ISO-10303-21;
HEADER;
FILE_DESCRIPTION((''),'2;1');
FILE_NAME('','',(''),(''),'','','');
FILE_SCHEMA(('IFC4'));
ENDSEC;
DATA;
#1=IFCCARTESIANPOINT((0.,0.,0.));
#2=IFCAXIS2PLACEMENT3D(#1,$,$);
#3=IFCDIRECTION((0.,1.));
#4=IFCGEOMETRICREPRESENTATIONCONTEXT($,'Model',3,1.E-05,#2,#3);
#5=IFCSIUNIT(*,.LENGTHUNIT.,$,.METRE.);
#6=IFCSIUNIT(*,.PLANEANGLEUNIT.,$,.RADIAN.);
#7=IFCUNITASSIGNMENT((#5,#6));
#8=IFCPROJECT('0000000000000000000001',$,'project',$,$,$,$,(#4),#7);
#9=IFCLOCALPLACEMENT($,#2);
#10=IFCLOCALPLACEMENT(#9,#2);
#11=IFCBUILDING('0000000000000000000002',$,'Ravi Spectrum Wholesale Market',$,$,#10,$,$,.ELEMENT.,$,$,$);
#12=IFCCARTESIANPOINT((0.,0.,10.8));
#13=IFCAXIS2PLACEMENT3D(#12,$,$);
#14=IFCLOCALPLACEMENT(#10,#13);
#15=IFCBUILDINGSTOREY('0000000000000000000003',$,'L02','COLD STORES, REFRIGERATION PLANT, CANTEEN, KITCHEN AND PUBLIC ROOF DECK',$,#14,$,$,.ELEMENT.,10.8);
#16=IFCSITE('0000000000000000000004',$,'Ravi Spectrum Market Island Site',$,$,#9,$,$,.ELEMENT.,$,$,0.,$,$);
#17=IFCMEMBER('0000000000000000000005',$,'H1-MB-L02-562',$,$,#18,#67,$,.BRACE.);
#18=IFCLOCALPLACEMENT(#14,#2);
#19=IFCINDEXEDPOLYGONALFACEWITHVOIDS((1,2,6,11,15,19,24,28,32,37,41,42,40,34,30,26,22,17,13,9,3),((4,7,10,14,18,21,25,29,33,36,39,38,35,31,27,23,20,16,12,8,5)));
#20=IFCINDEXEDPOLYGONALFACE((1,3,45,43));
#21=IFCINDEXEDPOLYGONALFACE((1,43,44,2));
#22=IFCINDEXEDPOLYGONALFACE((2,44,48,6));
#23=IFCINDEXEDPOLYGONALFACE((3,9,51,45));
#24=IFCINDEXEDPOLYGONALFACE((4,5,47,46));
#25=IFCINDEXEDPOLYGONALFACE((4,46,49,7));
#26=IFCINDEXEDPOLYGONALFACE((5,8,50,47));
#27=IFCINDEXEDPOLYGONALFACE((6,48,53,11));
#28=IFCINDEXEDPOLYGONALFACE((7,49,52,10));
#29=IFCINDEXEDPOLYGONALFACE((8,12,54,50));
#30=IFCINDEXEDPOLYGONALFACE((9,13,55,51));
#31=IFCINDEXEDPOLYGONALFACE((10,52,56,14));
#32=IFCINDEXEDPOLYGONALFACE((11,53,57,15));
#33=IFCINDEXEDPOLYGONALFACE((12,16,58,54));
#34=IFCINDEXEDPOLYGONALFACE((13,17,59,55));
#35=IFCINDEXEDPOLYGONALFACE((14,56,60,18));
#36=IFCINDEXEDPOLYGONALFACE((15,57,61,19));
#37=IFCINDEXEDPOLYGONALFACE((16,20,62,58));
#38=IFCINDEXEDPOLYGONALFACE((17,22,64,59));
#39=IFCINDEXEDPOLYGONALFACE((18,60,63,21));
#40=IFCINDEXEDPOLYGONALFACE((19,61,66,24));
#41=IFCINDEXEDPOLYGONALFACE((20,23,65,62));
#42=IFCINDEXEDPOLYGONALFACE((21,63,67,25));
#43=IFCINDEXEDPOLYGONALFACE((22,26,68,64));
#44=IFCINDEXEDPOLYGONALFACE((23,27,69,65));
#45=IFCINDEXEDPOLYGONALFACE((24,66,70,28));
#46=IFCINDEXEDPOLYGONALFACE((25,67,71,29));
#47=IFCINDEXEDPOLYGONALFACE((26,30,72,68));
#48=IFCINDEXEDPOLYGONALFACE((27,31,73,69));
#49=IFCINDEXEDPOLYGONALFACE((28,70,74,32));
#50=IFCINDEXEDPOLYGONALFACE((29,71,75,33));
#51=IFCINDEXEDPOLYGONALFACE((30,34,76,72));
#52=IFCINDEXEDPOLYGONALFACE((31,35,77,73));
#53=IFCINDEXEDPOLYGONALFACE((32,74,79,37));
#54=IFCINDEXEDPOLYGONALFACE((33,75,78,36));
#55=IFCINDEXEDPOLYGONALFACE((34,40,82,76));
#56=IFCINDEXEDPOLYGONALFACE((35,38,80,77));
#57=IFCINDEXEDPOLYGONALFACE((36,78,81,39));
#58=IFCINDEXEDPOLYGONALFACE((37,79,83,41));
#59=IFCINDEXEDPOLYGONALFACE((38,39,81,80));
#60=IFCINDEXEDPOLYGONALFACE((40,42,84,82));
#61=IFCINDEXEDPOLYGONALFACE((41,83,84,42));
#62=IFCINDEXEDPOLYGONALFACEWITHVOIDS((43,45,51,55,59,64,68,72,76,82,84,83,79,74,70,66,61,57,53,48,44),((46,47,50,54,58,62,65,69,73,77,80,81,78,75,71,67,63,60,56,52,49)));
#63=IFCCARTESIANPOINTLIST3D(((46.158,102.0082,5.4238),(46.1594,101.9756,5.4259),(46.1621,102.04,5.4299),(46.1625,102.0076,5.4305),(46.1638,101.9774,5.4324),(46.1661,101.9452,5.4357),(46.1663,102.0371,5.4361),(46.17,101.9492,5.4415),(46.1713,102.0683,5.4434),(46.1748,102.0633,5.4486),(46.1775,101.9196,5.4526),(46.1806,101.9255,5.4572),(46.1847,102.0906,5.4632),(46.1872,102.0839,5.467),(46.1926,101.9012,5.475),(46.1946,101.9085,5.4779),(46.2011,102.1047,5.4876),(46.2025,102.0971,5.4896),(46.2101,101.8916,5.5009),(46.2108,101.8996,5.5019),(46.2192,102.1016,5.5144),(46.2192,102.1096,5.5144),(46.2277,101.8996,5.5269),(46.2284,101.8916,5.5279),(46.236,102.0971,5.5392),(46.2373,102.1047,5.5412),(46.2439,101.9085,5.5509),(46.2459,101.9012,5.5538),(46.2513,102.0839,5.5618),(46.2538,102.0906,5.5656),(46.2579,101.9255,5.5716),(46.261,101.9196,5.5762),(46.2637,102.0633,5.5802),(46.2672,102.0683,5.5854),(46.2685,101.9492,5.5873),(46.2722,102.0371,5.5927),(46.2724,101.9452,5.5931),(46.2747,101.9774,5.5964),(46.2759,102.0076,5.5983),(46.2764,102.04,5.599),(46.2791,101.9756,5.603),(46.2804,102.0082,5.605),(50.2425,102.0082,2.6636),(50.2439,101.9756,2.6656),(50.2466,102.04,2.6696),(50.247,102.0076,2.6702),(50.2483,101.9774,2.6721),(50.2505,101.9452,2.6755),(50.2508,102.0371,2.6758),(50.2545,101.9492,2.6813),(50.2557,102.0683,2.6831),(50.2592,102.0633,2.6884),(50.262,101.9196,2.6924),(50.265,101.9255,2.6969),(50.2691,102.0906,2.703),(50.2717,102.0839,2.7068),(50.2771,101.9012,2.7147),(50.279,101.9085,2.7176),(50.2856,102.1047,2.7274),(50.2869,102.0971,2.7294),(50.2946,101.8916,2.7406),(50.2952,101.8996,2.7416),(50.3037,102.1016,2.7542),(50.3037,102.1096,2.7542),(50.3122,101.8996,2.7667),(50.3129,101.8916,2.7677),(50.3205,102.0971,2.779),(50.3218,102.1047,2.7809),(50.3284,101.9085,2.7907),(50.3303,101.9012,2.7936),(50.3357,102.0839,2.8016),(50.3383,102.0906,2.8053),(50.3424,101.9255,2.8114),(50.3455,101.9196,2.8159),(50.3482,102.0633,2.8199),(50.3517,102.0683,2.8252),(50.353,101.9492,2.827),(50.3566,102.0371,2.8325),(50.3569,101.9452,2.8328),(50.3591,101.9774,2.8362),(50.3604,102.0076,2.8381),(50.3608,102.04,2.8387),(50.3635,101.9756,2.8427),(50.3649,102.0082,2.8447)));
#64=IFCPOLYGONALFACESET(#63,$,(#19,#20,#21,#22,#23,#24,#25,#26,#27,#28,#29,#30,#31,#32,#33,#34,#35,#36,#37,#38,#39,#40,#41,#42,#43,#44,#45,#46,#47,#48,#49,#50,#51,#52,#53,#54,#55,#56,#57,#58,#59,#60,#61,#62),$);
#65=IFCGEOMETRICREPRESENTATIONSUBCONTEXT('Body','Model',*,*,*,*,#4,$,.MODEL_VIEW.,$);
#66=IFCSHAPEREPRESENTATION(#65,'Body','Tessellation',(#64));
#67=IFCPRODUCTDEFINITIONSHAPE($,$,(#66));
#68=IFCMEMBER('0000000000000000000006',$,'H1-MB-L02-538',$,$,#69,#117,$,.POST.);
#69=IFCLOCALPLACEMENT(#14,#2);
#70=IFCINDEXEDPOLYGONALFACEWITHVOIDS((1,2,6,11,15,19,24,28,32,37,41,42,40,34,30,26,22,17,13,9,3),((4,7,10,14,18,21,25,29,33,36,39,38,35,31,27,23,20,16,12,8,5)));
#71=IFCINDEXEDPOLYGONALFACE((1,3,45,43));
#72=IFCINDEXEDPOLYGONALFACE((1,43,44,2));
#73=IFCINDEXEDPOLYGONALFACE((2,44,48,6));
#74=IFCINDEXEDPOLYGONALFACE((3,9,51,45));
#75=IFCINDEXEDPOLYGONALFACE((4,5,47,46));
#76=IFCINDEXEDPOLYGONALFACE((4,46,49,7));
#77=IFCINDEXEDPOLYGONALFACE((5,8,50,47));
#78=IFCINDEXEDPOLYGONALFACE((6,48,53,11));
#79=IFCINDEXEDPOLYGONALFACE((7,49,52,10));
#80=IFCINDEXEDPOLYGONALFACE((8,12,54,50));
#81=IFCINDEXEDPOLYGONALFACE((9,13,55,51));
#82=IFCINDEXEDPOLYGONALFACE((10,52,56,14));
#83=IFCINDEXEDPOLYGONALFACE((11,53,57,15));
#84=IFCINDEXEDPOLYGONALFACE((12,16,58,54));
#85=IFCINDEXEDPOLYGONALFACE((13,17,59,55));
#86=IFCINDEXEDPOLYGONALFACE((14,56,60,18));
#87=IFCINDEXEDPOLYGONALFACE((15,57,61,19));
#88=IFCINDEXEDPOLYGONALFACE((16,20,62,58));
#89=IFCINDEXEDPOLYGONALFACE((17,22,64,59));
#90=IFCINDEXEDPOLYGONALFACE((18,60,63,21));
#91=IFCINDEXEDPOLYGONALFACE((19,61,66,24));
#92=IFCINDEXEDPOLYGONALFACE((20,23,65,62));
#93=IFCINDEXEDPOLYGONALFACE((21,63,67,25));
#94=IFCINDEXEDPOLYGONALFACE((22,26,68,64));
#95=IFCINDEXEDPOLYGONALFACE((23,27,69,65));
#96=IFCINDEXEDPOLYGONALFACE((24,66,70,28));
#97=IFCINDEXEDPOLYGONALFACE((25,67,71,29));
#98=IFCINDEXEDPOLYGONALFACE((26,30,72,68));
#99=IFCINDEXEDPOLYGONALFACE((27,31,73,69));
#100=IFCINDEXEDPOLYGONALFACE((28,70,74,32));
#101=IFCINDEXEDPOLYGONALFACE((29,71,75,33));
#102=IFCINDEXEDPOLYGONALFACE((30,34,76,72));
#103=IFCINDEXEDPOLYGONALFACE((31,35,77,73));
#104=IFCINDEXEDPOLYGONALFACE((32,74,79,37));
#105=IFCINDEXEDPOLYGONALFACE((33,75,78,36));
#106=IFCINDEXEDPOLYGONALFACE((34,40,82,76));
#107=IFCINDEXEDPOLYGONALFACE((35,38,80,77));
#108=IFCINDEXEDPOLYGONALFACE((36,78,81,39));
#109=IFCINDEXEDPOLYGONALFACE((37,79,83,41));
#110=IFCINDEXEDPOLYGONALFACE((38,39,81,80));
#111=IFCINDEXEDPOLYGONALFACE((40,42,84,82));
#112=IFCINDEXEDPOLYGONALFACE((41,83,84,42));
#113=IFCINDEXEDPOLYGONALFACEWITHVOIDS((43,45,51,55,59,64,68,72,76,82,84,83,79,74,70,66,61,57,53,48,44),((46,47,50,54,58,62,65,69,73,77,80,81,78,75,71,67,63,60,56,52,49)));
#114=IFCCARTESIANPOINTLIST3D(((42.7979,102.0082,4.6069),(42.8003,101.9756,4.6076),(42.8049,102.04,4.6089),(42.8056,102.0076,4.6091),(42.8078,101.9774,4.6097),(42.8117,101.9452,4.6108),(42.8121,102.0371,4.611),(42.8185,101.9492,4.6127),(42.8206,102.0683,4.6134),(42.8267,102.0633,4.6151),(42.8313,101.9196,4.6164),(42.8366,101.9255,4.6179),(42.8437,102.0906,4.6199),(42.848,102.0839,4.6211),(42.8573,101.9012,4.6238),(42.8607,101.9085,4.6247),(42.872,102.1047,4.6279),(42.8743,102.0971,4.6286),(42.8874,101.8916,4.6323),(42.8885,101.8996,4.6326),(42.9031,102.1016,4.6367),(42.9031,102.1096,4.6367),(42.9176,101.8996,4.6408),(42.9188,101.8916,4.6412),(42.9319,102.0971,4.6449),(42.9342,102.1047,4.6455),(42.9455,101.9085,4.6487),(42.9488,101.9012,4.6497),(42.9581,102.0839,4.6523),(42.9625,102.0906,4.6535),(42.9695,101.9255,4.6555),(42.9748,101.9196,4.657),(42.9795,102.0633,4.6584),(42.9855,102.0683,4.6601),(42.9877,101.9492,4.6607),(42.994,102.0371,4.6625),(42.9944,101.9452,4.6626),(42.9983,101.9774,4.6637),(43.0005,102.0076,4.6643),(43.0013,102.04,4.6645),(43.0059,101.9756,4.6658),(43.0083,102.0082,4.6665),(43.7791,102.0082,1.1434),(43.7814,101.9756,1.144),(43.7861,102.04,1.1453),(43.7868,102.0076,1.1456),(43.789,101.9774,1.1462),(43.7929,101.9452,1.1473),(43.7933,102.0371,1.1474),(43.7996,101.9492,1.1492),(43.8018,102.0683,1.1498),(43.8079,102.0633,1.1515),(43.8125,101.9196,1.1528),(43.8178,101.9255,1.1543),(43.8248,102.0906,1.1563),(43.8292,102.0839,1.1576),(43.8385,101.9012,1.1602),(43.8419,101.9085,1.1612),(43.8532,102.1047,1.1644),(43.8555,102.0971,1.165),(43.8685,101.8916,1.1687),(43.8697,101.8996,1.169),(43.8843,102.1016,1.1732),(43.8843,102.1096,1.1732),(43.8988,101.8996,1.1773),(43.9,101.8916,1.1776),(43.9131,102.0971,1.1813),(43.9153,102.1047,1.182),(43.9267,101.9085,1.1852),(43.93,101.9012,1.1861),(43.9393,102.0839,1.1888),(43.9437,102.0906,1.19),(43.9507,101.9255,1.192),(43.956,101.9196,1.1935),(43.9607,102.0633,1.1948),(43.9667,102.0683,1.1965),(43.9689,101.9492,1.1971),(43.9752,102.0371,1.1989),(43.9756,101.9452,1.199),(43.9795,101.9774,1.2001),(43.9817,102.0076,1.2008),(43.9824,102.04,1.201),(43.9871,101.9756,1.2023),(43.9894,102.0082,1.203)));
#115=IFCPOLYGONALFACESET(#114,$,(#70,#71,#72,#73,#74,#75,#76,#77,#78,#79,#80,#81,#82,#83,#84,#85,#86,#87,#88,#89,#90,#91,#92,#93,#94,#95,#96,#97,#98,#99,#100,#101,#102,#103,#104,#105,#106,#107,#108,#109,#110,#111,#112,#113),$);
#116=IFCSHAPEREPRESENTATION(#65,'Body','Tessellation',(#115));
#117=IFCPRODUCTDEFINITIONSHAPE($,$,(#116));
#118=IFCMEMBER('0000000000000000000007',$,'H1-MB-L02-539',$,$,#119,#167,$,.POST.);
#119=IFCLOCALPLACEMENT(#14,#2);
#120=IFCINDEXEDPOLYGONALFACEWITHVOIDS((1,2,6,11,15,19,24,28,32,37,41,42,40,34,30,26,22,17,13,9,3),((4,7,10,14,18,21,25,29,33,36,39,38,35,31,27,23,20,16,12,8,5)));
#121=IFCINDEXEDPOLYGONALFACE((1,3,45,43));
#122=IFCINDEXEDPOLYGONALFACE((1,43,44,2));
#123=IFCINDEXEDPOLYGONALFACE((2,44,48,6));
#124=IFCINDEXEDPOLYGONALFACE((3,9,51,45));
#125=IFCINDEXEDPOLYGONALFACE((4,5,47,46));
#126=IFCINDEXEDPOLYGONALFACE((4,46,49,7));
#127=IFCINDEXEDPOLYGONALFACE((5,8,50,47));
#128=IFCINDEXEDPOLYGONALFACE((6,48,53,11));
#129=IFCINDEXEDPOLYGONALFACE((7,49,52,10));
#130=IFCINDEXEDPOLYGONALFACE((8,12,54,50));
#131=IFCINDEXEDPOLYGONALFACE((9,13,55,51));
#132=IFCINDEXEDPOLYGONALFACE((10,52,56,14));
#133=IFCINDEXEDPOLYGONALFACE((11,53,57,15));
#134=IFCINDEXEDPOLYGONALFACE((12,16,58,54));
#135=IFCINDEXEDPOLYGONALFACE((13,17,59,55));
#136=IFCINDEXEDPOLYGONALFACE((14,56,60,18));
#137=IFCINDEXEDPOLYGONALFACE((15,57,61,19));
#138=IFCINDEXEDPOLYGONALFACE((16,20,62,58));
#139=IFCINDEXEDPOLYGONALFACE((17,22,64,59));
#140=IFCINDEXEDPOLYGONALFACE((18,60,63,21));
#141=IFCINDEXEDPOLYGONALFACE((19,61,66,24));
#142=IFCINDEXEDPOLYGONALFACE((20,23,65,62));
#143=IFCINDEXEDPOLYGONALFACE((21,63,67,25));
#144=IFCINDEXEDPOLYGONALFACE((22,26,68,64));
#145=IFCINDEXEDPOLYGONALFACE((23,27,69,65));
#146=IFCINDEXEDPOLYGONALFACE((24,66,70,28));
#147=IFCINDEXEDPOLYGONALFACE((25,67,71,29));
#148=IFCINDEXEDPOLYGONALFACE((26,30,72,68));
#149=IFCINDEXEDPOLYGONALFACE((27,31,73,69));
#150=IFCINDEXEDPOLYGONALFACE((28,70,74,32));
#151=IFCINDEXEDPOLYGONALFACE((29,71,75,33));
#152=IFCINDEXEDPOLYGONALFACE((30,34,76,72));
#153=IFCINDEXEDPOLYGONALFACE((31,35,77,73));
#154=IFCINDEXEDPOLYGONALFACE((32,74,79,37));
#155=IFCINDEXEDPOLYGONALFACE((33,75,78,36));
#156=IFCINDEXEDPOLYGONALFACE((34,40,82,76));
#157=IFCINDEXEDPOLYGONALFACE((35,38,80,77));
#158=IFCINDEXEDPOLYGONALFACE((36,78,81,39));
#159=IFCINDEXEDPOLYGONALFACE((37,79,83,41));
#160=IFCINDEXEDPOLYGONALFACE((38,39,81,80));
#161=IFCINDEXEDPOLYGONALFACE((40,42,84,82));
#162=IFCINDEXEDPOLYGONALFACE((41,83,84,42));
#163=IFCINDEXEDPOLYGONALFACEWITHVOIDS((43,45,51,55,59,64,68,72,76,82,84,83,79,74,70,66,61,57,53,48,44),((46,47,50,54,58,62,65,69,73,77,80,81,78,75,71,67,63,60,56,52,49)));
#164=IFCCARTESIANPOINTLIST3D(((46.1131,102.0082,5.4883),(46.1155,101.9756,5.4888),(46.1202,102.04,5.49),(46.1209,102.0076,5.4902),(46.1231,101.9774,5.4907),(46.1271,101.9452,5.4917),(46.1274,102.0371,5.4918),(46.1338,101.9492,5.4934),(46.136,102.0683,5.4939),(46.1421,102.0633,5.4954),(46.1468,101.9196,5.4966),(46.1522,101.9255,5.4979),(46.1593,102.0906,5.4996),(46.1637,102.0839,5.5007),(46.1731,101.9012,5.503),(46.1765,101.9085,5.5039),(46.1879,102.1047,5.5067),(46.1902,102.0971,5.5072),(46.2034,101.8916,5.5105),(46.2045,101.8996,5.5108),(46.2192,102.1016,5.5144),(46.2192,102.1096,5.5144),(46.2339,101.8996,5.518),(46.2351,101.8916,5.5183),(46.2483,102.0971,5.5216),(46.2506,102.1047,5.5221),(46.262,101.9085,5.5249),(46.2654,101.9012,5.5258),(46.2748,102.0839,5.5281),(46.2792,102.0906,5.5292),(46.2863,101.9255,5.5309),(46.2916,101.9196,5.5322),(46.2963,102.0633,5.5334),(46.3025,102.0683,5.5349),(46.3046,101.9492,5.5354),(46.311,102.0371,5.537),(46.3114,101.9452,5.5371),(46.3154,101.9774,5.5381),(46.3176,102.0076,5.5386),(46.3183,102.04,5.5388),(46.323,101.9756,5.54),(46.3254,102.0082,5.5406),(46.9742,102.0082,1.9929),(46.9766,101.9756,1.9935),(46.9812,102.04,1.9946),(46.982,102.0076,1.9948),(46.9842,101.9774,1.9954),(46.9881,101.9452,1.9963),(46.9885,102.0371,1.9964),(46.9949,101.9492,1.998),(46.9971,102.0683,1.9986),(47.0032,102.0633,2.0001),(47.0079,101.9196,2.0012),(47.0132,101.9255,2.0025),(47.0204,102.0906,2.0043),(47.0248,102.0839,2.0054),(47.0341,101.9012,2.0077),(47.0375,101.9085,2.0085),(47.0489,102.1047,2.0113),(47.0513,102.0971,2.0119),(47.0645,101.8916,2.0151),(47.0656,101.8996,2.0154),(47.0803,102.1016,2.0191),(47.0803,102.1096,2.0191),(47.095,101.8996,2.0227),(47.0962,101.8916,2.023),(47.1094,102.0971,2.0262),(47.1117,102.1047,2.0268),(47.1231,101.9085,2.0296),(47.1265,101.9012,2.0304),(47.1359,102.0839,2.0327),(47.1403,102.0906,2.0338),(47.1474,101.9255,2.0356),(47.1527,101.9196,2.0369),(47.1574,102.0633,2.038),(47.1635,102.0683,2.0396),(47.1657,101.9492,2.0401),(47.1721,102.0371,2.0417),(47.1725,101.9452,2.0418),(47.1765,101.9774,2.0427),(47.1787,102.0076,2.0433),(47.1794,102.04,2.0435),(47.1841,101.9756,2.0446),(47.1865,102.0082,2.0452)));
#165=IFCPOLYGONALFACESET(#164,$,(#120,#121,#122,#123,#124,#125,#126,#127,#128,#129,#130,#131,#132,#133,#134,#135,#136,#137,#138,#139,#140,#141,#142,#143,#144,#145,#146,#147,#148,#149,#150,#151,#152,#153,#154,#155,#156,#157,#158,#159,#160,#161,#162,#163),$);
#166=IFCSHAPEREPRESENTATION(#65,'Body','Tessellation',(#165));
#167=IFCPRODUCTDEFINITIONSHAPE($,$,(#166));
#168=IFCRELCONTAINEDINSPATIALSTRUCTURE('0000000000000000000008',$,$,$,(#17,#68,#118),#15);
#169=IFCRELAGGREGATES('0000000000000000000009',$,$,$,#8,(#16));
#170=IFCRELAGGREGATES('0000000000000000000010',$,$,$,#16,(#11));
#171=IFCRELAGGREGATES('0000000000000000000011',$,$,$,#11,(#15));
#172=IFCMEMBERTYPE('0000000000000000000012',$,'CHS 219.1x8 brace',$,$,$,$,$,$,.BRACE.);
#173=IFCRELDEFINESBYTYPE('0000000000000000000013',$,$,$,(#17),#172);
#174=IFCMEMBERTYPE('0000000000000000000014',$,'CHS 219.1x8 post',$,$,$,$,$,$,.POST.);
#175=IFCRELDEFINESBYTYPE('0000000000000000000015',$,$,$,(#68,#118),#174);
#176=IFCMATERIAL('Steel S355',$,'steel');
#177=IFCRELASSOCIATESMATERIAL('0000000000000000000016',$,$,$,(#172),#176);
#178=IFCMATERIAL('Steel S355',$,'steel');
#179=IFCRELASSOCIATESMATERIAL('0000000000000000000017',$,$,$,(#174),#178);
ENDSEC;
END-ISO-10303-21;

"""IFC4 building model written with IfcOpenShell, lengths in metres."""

from ifc_helpers import new_model, si_unit, direction, frame, origin, origin_2d, place, context, subcontext, project, spatial, hollow_circle, extrude, material, material_profile, profile_set, type_object, element, save


model = new_model("IFC4")

# Units and contexts
model_context = context("Model", 3, precision=1e-05, world=origin(), true_north=direction((0.0, 1.0)))
body_context = subcontext(model_context, "Body", "Model", "MODEL_VIEW")
ifc_project = project(units=[si_unit("LENGTHUNIT", "METRE"), si_unit("PLANEANGLEUNIT", "RADIAN")], contexts=[model_context])

# Site, building, storey
site_placement = place(None, origin())
site = spatial("IfcSite", under=ifc_project, at=site_placement, Name="Ravi Spectrum Market Island Site", CompositionType="ELEMENT", RefElevation=0.0)
building_placement = place(site_placement, origin())
building = spatial("IfcBuilding", under=site, at=building_placement, Name="Ravi Spectrum Wholesale Market", CompositionType="ELEMENT")
storey_placement = place(building_placement, frame((0.0, 0.0, 10.8)))
storey = spatial("IfcBuildingStorey", under=building, at=storey_placement, Name="L02", Description="COLD STORES, REFRIGERATION PLANT, CANTEEN, KITCHEN AND PUBLIC ROOF DECK", CompositionType="ELEMENT", Elevation=10.8)

# Members
ifc_material_1 = material(Name="Steel S355", Category="steel")
ifc_material_profile_1 = material_profile(ifc_material_1, hollow_circle(Radius=0.1096, WallThickness=0.0081, at=origin_2d()))
ifc_profile_set_1 = profile_set([ifc_material_profile_1], Name="Steel S355")
member_type_1 = type_object("IfcMemberType", Name="CHS 219.1x8 brace", PredefinedType="BRACE", material=ifc_profile_set_1)
for number, where, z_axis, x_axis, name in (
    (1, (46.2192, 102.0, 5.5144), (0.828544, 0.0, -0.559924), (0.0, 1.0, 0.0), "H1-MB-L02-562"),
):
    element("IfcMember", number, at=place(storey_placement, frame(where, z_axis=z_axis, x_axis=x_axis)), inside=storey, type_object=member_type_1, Name=name, PredefinedType="BRACE", context=body_context, shape_type="SweptSolid", body=[
        extrude(hollow_circle(Radius=0.1096, WallThickness=0.0081, at=origin_2d()), origin(), (0.0, 0.0, 1.0), 4.9297),
    ])
ifc_material_2 = material(Name="Steel S355", Category="steel")
ifc_material_profile_2 = material_profile(ifc_material_2, hollow_circle(Radius=0.1096, WallThickness=0.0081, at=origin_2d()))
ifc_profile_set_2 = profile_set([ifc_material_profile_2], Name="Steel S355")
member_type_2 = type_object("IfcMemberType", Name="CHS 219.1x8 post", PredefinedType="POST", material=ifc_profile_set_2)
for number, where, z_axis, x_axis, name in (
    (2, (42.9031, 102.0, 4.6367), (0.272562, 0.0, -0.962138), (0.0, 1.0, 0.0), "H1-MB-L02-538"),
    (3, (46.2192, 102.0, 5.5144), (0.239199, 0.0, -0.970971), (0.0, 1.0, 0.0), "H1-MB-L02-539"),
):
    element("IfcMember", number, at=place(storey_placement, frame(where, z_axis=z_axis, x_axis=x_axis)), inside=storey, type_object=member_type_2, Name=name, PredefinedType="POST", context=body_context, shape_type="SweptSolid", body=[
        extrude(hollow_circle(Radius=0.1096, WallThickness=0.0081, at=origin_2d()), origin(), (0.0, 0.0, 1.0), 3.5999),
    ])

save(model, "model.ifc")
